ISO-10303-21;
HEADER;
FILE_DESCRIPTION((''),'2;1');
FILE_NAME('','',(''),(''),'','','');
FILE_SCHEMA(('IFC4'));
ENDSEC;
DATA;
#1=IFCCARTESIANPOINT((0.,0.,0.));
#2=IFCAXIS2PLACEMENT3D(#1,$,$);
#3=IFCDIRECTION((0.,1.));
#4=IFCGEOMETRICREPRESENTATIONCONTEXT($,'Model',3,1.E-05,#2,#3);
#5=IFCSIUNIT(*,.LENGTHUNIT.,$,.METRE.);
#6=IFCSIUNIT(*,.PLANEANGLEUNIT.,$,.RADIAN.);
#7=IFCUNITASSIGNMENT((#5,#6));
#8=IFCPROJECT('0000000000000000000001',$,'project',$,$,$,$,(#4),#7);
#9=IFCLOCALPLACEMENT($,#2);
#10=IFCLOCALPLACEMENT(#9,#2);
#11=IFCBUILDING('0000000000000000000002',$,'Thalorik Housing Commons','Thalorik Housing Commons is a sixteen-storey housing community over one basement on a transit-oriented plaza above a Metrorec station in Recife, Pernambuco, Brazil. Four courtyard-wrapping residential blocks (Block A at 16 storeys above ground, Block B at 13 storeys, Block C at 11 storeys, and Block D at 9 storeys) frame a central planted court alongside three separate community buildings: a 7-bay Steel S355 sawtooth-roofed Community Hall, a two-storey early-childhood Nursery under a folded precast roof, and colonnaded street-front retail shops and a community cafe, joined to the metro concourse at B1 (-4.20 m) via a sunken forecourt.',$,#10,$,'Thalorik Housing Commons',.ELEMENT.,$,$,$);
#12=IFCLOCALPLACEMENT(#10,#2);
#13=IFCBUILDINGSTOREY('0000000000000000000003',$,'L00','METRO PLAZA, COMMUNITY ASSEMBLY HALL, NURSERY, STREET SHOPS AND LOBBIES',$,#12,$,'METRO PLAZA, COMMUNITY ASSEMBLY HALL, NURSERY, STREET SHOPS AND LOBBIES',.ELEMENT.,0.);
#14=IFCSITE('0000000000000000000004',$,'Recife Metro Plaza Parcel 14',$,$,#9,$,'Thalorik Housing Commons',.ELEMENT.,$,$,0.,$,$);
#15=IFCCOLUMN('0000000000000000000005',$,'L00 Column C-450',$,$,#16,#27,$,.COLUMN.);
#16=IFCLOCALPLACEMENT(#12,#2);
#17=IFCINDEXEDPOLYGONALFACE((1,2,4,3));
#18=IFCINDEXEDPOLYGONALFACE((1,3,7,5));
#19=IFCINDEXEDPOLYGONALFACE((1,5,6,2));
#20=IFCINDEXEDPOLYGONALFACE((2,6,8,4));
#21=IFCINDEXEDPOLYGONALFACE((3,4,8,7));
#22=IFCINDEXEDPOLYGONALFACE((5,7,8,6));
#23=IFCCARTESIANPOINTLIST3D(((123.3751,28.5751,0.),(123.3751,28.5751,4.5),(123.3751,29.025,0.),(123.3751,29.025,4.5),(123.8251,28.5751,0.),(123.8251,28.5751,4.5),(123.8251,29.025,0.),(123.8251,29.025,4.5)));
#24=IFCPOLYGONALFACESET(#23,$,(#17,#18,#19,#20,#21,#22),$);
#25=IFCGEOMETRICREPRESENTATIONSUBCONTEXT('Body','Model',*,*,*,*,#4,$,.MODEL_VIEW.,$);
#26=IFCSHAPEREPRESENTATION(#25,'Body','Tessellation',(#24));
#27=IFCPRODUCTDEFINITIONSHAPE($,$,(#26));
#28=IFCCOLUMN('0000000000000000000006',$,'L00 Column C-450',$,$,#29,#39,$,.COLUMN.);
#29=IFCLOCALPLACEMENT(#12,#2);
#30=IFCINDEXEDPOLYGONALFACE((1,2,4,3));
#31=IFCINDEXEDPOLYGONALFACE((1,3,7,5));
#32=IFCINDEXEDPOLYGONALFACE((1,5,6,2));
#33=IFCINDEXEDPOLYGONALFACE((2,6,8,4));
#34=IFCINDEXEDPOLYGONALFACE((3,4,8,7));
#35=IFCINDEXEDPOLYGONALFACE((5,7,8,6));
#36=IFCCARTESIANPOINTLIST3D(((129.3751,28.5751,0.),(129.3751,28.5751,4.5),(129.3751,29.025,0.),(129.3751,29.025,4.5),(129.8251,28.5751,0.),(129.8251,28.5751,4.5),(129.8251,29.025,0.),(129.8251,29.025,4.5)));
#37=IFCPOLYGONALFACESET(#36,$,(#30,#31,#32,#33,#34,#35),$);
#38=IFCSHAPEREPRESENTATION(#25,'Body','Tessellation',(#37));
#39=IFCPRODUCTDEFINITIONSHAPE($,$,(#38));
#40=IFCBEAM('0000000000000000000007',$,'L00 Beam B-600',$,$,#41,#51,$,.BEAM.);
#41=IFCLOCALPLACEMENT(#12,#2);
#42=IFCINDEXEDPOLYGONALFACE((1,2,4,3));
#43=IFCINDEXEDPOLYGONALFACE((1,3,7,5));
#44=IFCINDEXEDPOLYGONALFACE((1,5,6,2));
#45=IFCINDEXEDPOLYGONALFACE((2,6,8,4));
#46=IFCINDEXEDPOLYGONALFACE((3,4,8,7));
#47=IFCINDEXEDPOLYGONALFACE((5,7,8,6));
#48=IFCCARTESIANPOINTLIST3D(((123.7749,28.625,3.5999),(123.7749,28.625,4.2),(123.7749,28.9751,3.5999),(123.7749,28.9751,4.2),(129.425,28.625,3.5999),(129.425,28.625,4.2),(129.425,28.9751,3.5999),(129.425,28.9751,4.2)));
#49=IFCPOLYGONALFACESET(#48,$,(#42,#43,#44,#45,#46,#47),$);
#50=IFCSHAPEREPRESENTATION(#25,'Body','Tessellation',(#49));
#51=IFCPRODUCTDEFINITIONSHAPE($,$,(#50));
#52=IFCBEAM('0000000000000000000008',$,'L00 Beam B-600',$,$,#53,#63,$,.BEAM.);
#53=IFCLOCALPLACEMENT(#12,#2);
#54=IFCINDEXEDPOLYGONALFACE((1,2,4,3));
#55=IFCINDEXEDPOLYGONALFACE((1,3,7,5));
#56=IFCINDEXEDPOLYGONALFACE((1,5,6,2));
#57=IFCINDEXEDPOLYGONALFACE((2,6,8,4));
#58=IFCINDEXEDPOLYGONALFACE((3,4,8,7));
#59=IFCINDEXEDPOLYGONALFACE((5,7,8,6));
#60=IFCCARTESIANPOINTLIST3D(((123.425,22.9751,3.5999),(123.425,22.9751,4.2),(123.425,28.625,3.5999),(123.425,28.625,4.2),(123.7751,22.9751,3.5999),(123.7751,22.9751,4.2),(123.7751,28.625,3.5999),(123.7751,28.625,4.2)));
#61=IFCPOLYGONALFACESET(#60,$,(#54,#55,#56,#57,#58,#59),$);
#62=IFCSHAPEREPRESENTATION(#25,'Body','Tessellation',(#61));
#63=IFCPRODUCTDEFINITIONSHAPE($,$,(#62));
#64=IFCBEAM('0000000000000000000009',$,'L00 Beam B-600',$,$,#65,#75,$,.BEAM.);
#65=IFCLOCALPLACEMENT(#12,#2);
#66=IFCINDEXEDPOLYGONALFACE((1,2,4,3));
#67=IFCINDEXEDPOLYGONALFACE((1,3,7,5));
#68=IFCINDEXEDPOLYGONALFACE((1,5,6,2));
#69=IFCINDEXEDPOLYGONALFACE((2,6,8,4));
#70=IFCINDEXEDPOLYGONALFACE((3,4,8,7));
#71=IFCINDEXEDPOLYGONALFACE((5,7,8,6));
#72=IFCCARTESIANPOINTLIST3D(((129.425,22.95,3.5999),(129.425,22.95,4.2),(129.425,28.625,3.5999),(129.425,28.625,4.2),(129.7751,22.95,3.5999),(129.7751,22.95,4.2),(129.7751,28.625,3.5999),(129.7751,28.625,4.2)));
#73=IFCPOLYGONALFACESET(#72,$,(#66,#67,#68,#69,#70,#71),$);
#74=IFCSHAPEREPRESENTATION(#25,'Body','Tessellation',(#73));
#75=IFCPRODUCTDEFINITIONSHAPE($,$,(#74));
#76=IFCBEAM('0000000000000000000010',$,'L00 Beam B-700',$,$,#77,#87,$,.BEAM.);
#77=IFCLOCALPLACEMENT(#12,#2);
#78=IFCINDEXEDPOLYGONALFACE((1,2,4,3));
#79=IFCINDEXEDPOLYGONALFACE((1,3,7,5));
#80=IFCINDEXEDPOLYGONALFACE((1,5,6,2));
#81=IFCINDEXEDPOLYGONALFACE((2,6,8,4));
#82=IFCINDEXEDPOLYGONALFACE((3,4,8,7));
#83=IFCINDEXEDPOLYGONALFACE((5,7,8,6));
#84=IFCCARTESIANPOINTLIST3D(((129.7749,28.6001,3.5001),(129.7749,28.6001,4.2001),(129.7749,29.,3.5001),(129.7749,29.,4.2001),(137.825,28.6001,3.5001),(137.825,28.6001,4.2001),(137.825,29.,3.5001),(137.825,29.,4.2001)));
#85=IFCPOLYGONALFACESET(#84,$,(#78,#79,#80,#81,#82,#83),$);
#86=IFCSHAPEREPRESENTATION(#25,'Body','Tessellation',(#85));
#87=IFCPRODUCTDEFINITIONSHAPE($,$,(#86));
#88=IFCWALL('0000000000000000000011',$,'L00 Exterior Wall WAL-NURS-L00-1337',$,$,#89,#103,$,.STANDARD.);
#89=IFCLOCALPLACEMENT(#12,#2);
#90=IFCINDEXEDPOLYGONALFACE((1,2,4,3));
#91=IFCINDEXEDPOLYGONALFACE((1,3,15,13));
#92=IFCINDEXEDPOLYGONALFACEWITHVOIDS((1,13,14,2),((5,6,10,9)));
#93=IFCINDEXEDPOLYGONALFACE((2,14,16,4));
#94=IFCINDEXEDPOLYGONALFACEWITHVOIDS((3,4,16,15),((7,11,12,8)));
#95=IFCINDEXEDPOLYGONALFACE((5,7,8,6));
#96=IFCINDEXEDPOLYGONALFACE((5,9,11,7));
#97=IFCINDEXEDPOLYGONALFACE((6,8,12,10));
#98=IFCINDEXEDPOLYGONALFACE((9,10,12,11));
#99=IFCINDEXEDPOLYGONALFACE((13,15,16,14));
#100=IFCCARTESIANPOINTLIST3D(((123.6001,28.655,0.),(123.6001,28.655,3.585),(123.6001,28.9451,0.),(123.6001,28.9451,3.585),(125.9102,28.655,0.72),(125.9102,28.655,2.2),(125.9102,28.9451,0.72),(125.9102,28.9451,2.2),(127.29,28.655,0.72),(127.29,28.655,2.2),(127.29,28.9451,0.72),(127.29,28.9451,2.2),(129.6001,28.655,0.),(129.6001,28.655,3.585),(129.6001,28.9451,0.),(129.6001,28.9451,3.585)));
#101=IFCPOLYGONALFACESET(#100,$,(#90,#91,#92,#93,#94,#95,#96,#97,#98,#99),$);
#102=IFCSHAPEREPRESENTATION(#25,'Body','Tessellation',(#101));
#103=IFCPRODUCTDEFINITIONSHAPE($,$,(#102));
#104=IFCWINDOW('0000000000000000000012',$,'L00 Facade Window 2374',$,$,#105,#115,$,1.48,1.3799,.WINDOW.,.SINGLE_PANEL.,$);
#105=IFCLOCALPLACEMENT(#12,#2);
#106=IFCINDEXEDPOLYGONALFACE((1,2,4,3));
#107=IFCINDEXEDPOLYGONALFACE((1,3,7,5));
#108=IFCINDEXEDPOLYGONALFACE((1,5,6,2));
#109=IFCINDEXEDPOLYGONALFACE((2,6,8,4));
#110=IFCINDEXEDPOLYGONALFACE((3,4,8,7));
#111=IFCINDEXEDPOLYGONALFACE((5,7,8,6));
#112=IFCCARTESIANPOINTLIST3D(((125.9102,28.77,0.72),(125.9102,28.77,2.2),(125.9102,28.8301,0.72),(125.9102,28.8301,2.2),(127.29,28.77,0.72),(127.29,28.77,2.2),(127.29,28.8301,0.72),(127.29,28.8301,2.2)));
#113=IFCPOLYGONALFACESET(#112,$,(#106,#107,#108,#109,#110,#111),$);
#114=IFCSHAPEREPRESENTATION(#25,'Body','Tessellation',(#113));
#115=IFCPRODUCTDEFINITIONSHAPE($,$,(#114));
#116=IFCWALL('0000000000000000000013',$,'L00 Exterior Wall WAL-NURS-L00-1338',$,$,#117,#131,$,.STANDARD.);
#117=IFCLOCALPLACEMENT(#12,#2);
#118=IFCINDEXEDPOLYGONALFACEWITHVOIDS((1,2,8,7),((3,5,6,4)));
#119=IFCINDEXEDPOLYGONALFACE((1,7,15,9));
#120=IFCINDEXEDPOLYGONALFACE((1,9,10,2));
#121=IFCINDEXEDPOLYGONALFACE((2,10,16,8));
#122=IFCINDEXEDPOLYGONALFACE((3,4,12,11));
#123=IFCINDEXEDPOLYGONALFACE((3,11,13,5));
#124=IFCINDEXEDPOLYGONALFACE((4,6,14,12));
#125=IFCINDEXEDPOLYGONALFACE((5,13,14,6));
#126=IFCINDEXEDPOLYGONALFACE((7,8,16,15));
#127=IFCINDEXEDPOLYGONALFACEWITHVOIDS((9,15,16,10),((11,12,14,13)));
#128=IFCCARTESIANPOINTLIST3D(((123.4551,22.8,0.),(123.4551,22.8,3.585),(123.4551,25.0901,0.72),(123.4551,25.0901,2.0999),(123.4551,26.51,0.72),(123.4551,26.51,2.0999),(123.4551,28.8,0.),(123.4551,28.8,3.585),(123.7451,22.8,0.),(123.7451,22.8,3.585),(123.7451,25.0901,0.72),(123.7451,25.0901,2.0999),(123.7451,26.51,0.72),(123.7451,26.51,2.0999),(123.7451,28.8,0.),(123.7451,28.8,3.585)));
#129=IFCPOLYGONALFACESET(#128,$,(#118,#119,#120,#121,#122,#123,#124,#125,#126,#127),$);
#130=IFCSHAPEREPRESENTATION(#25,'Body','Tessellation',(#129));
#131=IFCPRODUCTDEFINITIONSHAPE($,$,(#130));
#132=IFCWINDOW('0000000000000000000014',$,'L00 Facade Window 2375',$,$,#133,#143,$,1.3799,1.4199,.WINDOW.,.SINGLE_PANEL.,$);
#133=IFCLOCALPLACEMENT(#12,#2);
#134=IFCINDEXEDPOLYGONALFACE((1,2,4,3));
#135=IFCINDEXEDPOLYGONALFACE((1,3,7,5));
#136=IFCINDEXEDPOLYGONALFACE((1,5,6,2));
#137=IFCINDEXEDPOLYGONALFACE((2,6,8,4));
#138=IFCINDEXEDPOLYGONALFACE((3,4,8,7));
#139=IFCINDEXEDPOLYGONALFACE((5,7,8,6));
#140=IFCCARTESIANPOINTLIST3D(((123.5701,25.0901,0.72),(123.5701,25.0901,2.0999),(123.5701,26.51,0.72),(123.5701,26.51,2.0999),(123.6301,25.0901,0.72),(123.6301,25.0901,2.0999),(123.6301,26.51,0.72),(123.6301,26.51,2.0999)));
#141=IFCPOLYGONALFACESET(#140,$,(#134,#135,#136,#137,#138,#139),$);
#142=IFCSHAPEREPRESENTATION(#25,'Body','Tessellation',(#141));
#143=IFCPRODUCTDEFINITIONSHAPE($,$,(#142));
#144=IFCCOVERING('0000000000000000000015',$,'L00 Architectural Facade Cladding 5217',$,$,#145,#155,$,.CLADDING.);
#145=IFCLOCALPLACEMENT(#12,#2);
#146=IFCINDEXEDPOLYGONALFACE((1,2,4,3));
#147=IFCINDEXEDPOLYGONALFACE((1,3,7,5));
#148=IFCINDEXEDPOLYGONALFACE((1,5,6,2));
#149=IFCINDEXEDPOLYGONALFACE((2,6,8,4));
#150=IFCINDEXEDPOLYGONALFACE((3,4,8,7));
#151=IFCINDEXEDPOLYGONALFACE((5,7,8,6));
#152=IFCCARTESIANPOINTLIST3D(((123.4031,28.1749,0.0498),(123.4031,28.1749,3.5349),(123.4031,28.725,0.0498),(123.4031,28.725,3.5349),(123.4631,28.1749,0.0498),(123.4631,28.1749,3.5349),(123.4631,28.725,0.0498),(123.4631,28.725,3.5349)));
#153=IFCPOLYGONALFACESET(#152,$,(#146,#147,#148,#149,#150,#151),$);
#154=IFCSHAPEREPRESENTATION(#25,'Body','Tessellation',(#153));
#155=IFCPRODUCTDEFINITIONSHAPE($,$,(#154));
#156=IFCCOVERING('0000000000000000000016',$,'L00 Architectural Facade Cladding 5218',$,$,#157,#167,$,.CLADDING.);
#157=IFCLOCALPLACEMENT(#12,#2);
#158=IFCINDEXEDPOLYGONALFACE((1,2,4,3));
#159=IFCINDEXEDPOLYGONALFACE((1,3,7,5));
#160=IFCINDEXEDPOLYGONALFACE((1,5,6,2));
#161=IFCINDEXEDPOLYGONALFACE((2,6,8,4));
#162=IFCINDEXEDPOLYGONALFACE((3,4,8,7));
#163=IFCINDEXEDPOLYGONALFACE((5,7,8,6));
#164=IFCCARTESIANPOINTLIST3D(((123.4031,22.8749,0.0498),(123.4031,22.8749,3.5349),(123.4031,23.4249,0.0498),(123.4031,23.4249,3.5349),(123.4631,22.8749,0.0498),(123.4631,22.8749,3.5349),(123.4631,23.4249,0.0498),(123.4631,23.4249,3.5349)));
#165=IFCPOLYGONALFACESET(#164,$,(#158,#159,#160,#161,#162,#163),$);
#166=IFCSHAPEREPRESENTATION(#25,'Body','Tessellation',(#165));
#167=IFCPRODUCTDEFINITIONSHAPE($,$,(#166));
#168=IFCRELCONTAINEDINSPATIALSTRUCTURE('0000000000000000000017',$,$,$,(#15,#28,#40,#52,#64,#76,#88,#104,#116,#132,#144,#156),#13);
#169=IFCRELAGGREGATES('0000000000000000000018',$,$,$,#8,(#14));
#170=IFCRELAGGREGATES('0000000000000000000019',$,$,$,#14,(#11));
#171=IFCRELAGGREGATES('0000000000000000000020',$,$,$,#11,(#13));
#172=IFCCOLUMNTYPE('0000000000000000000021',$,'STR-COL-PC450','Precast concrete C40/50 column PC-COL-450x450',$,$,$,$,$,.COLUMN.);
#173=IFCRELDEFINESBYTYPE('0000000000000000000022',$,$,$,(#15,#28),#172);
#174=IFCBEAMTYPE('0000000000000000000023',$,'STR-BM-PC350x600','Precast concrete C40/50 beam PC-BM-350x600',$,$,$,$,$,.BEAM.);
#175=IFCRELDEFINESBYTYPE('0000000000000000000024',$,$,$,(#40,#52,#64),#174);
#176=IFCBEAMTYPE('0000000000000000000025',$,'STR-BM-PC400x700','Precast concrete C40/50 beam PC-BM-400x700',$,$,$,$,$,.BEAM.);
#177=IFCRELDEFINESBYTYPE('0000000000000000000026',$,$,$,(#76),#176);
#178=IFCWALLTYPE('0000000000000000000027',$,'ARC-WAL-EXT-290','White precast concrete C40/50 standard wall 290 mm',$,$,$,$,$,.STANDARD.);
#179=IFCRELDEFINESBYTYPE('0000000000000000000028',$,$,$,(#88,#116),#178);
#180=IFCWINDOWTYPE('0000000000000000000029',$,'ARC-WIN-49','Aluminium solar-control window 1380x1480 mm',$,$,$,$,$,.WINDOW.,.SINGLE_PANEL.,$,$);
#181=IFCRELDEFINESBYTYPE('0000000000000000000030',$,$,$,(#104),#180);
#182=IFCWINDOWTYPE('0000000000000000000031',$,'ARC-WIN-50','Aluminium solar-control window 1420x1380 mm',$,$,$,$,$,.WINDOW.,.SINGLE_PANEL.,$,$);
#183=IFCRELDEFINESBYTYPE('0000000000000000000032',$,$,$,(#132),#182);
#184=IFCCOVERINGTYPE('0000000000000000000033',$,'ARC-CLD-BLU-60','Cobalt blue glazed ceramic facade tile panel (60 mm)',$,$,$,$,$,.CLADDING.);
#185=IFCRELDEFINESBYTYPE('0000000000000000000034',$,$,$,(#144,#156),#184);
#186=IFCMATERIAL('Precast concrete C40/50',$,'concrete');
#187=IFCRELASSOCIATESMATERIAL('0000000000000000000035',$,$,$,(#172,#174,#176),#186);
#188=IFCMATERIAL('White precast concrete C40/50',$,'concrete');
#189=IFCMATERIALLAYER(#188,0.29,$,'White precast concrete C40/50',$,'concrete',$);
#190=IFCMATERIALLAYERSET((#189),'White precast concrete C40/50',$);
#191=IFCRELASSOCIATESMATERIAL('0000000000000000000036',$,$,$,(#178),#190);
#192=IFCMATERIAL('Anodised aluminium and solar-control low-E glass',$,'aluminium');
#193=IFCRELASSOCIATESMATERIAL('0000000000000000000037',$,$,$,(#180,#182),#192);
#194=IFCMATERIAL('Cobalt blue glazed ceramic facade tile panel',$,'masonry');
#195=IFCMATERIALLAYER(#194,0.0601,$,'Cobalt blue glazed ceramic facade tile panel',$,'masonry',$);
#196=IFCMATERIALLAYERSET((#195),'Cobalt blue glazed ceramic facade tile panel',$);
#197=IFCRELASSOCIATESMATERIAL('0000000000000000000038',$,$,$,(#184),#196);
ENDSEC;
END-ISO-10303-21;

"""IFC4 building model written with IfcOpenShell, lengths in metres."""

from ifc_helpers import new_model, si_unit, direction, frame, frame_2d, origin, origin_2d, place, context, subcontext, project, spatial, rectangle, extrude, material, layer, layer_set, material_profile, profile_set, type_object, element, fill, save


model = new_model("IFC4")

# Units and contexts
model_context = context("Model", 3, precision=1e-05, world=origin(), true_north=direction((0.0, 1.0)))
body_context = subcontext(model_context, "Body", "Model", "MODEL_VIEW")
ifc_project = project(units=[si_unit("LENGTHUNIT", "METRE"), si_unit("PLANEANGLEUNIT", "RADIAN")], contexts=[model_context])

# Site, building, storey
site_placement = place(None, origin())
site = spatial("IfcSite", under=ifc_project, at=site_placement, Name="Recife Metro Plaza Parcel 14", LongName="Thalorik Housing Commons", CompositionType="ELEMENT", RefElevation=0.0)
building_placement = place(site_placement, origin())
building = spatial("IfcBuilding", under=site, at=building_placement, Name="Thalorik Housing Commons", Description="Thalorik Housing Commons is a sixteen-storey housing community over one basement on a transit-oriented plaza above a Metrorec station in Recife, Pernambuco, Brazil. Four courtyard-wrapping residential blocks (Block A at 16 storeys above ground, Block B at 13 storeys, Block C at 11 storeys, and Block D at 9 storeys) frame a central planted court alongside three separate community buildings: a 7-bay Steel S355 sawtooth-roofed Community Hall, a two-storey early-childhood Nursery under a folded precast roof, and colonnaded street-front retail shops and a community cafe, joined to the metro concourse at B1 (-4.20 m) via a sunken forecourt.", LongName="Thalorik Housing Commons", CompositionType="ELEMENT")
storey_placement = place(building_placement, origin())
storey = spatial("IfcBuildingStorey", under=building, at=storey_placement, Name="L00", Description="METRO PLAZA, COMMUNITY ASSEMBLY HALL, NURSERY, STREET SHOPS AND LOBBIES", LongName="METRO PLAZA, COMMUNITY ASSEMBLY HALL, NURSERY, STREET SHOPS AND LOBBIES", CompositionType="ELEMENT", Elevation=0.0)

# Columns
ifc_material_1 = material(Name="Precast concrete C40/50", Category="concrete")
ifc_material_profile_1 = material_profile(ifc_material_1, rectangle(XDim=0.45, YDim=0.45, at=origin_2d()), Name="PC 450x450", Category="concrete")
ifc_profile_set_1 = profile_set([ifc_material_profile_1], Name="Precast concrete C40/50")
column_type = type_object("IfcColumnType", Name="STR-COL-PC450", Description="Precast concrete C40/50 column PC-COL-450x450", PredefinedType="COLUMN", material=ifc_profile_set_1)
for number, where, z_axis, x_axis, name in (
    (1, (123.6001, 28.8, 0.0), (0.0, 0.0, 1.0), (1.0, 0.0, 0.0), "L00 Column C-450"),
    (2, (129.6001, 28.8, 0.0), (0.0, 0.0, 1.0), (1.0, 0.0, 0.0), "L00 Column C-450"),
):
    element("IfcColumn", number, at=place(storey_placement, frame(where, z_axis=z_axis, x_axis=x_axis)), inside=storey, type_object=column_type, Name=name, PredefinedType="COLUMN", context=body_context, shape_type="SweptSolid", body=[
        extrude(rectangle(XDim=0.45, YDim=0.45, at=origin_2d()), origin(), (0.0, 0.0, 1.0), 4.5),
    ])

# Beams
ifc_material_profile_2 = material_profile(ifc_material_1, rectangle(XDim=0.3501, YDim=0.6001, at=origin_2d()), Name="PC 350x600", Category="concrete")
ifc_profile_set_2 = profile_set([ifc_material_profile_2], Name="Precast concrete C40/50")
beam_type_1 = type_object("IfcBeamType", Name="STR-BM-PC350x600", Description="Precast concrete C40/50 beam PC-BM-350x600", PredefinedType="BEAM", material=ifc_profile_set_2)
beam_1_placement = place(storey_placement, frame((123.7749, 28.8, 3.8999), z_axis=(1.0, 0.0, 0.0), x_axis=(0.0, 1.0, 0.0)))
element("IfcBeam", 3, at=beam_1_placement, inside=storey, type_object=beam_type_1, Name="L00 Beam B-600", PredefinedType="BEAM", context=body_context, shape_type="SweptSolid", body=[
    extrude(rectangle(XDim=0.3501, YDim=0.6001, at=origin_2d()), origin(), (0.0, 0.0, 1.0), 5.6501),
])
beam_2_placement = place(storey_placement, frame((123.6001, 22.9751, 3.8999), z_axis=(0.0, 1.0, 0.0), x_axis=(-1.0, 0.0, 0.0)))
element("IfcBeam", 4, at=beam_2_placement, inside=storey, type_object=beam_type_1, Name="L00 Beam B-600", PredefinedType="BEAM", context=body_context, shape_type="SweptSolid", body=[
    extrude(rectangle(XDim=0.3501, YDim=0.6001, at=origin_2d()), origin(), (0.0, 0.0, 1.0), 5.6499),
])
beam_3_placement = place(storey_placement, frame((129.6001, 22.95, 3.8999), z_axis=(0.0, 1.0, 0.0), x_axis=(-1.0, 0.0, 0.0)))
element("IfcBeam", 5, at=beam_3_placement, inside=storey, type_object=beam_type_1, Name="L00 Beam B-600", PredefinedType="BEAM", context=body_context, shape_type="SweptSolid", body=[
    extrude(rectangle(XDim=0.3501, YDim=0.6001, at=origin_2d()), origin(), (0.0, 0.0, 1.0), 5.675),
])
ifc_material_profile_3 = material_profile(ifc_material_1, rectangle(XDim=0.3999, YDim=0.7, at=origin_2d()), Name="PC 400x700", Category="concrete")
ifc_profile_set_3 = profile_set([ifc_material_profile_3], Name="Precast concrete C40/50")
beam_type_2 = type_object("IfcBeamType", Name="STR-BM-PC400x700", Description="Precast concrete C40/50 beam PC-BM-400x700", PredefinedType="BEAM", material=ifc_profile_set_3)
beam_4_placement = place(storey_placement, frame((129.7749, 28.8, 3.8501), z_axis=(1.0, 0.0, 0.0), x_axis=(0.0, 1.0, 0.0)))
element("IfcBeam", 6, at=beam_4_placement, inside=storey, type_object=beam_type_2, Name="L00 Beam B-700", PredefinedType="BEAM", context=body_context, shape_type="SweptSolid", body=[
    extrude(rectangle(XDim=0.3999, YDim=0.7, at=origin_2d()), origin(), (0.0, 0.0, 1.0), 8.05),
])

# Walls, openings, windows
ifc_material_2 = material(Name="White precast concrete C40/50", Category="concrete")
ifc_layer_1 = layer(ifc_material_2, 0.29, Name="White precast concrete C40/50", Category="concrete")
ifc_layer_set_1 = layer_set([ifc_layer_1], Name="White precast concrete C40/50")
wall_type = type_object("IfcWallType", Name="ARC-WAL-EXT-290", Description="White precast concrete C40/50 standard wall 290 mm", PredefinedType="STANDARD", material=ifc_layer_set_1)
wall_1_placement = place(storey_placement, frame((129.6001, 28.8, 0.0), z_axis=(0.0, 0.0, 1.0), x_axis=(-1.0, 0.0, 0.0)))
wall_1 = element("IfcWall", 7, at=wall_1_placement, inside=storey, type_object=wall_type, Name="L00 Exterior Wall WAL-NURS-L00-1337", PredefinedType="STANDARD", context=body_context, shape_type="SweptSolid", body=[
    extrude(rectangle(XDim=6.0, YDim=0.29, at=frame_2d((3.0, 0.0))), origin(), (0.0, 0.0, 1.0), 3.585),
])
opening_1_placement = place(wall_1_placement, frame((2.3101, 0.0, 0.72)))
opening_1 = element("IfcOpeningElement", 8, at=opening_1_placement, cuts=wall_1, PredefinedType="OPENING", context=body_context, shape_type="SweptSolid", body=[
    extrude(rectangle(XDim=1.3799, YDim=1.48, at=frame_2d((0.6899, 0.74))), frame((0.0, 0.155, 0.0), z_axis=(0.0, -1.0, 0.0), x_axis=(1.0, 0.0, 0.0)), (0.0, 0.0, 1.0), 0.3101),
])
ifc_material_3 = material(Name="Anodised aluminium and solar-control low-E glass", Category="aluminium")
window_type_1 = type_object("IfcWindowType", Name="ARC-WIN-49", Description="Aluminium solar-control window 1380x1480 mm", PartitioningType="SINGLE_PANEL", PredefinedType="WINDOW", material=ifc_material_3)
window_1_placement = place(opening_1_placement, origin())
window_1 = element("IfcWindow", 9, at=window_1_placement, inside=storey, type_object=window_type_1, Name="L00 Facade Window 2374", OverallHeight=1.48, OverallWidth=1.3799, PartitioningType="SINGLE_PANEL", PredefinedType="WINDOW", context=body_context, shape_type="SweptSolid", body=[
    extrude(rectangle(XDim=1.3799, YDim=1.48, at=frame_2d((0.6899, 0.74))), frame((0.0, 0.03, 0.0), z_axis=(0.0, -1.0, 0.0), x_axis=(1.0, 0.0, 0.0)), (0.0, 0.0, 1.0), 0.0601),
])
fill(opening_1, window_1)
wall_2_placement = place(storey_placement, frame((123.6001, 28.8, 0.0), z_axis=(0.0, 0.0, 1.0), x_axis=(0.0, -1.0, 0.0)))
wall_2 = element("IfcWall", 10, at=wall_2_placement, inside=storey, type_object=wall_type, Name="L00 Exterior Wall WAL-NURS-L00-1338", PredefinedType="STANDARD", context=body_context, shape_type="SweptSolid", body=[
    extrude(rectangle(XDim=6.0, YDim=0.29, at=frame_2d((3.0, 0.0))), origin(), (0.0, 0.0, 1.0), 3.585),
])
opening_2_placement = place(wall_2_placement, frame((2.29, 0.0, 0.72)))
opening_2 = element("IfcOpeningElement", 11, at=opening_2_placement, cuts=wall_2, PredefinedType="OPENING", context=body_context, shape_type="SweptSolid", body=[
    extrude(rectangle(XDim=1.4199, YDim=1.3799, at=frame_2d((0.71, 0.6899))), frame((0.0, 0.155, 0.0), z_axis=(0.0, -1.0, 0.0), x_axis=(1.0, 0.0, 0.0)), (0.0, 0.0, 1.0), 0.3101),
])
window_type_2 = type_object("IfcWindowType", Name="ARC-WIN-50", Description="Aluminium solar-control window 1420x1380 mm", PartitioningType="SINGLE_PANEL", PredefinedType="WINDOW", material=ifc_material_3)
window_2_placement = place(opening_2_placement, origin())
window_2 = element("IfcWindow", 12, at=window_2_placement, inside=storey, type_object=window_type_2, Name="L00 Facade Window 2375", OverallHeight=1.3799, OverallWidth=1.4199, PartitioningType="SINGLE_PANEL", PredefinedType="WINDOW", context=body_context, shape_type="SweptSolid", body=[
    extrude(rectangle(XDim=1.4199, YDim=1.3799, at=frame_2d((0.71, 0.6899))), frame((0.0, 0.03, 0.0), z_axis=(0.0, -1.0, 0.0), x_axis=(1.0, 0.0, 0.0)), (0.0, 0.0, 1.0), 0.0601),
])
fill(opening_2, window_2)

# Coverings
ifc_material_4 = material(Name="Cobalt blue glazed ceramic facade tile panel", Category="masonry")
ifc_layer_2 = layer(ifc_material_4, 0.0601, Name="Cobalt blue glazed ceramic facade tile panel", Category="masonry")
ifc_layer_set_2 = layer_set([ifc_layer_2], Name="Cobalt blue glazed ceramic facade tile panel")
covering_type_1 = type_object("IfcCoveringType", Name="ARC-CLD-BLU-60", Description="Cobalt blue glazed ceramic facade tile panel (60 mm)", PredefinedType="CLADDING", material=ifc_layer_set_2)
for number, where, z_axis, x_axis, name in (
    (13, (123.4331, 28.45, 0.0498), (0.0, 0.0, 1.0), (0.0, -1.0, 0.0), "L00 Architectural Facade Cladding 5217"),
    (14, (123.4331, 23.1499, 0.0498), (0.0, 0.0, 1.0), (0.0, -1.0, 0.0), "L00 Architectural Facade Cladding 5218"),
):
    element("IfcCovering", number, at=place(storey_placement, frame(where, z_axis=z_axis, x_axis=x_axis)), inside=storey, type_object=covering_type_1, Name=name, PredefinedType="CLADDING", context=body_context, shape_type="SweptSolid", body=[
        extrude(rectangle(XDim=0.55, YDim=0.0601, at=origin_2d()), origin(), (0.0, 0.0, 1.0), 3.4851),
    ])

save(model, "model.ifc")
